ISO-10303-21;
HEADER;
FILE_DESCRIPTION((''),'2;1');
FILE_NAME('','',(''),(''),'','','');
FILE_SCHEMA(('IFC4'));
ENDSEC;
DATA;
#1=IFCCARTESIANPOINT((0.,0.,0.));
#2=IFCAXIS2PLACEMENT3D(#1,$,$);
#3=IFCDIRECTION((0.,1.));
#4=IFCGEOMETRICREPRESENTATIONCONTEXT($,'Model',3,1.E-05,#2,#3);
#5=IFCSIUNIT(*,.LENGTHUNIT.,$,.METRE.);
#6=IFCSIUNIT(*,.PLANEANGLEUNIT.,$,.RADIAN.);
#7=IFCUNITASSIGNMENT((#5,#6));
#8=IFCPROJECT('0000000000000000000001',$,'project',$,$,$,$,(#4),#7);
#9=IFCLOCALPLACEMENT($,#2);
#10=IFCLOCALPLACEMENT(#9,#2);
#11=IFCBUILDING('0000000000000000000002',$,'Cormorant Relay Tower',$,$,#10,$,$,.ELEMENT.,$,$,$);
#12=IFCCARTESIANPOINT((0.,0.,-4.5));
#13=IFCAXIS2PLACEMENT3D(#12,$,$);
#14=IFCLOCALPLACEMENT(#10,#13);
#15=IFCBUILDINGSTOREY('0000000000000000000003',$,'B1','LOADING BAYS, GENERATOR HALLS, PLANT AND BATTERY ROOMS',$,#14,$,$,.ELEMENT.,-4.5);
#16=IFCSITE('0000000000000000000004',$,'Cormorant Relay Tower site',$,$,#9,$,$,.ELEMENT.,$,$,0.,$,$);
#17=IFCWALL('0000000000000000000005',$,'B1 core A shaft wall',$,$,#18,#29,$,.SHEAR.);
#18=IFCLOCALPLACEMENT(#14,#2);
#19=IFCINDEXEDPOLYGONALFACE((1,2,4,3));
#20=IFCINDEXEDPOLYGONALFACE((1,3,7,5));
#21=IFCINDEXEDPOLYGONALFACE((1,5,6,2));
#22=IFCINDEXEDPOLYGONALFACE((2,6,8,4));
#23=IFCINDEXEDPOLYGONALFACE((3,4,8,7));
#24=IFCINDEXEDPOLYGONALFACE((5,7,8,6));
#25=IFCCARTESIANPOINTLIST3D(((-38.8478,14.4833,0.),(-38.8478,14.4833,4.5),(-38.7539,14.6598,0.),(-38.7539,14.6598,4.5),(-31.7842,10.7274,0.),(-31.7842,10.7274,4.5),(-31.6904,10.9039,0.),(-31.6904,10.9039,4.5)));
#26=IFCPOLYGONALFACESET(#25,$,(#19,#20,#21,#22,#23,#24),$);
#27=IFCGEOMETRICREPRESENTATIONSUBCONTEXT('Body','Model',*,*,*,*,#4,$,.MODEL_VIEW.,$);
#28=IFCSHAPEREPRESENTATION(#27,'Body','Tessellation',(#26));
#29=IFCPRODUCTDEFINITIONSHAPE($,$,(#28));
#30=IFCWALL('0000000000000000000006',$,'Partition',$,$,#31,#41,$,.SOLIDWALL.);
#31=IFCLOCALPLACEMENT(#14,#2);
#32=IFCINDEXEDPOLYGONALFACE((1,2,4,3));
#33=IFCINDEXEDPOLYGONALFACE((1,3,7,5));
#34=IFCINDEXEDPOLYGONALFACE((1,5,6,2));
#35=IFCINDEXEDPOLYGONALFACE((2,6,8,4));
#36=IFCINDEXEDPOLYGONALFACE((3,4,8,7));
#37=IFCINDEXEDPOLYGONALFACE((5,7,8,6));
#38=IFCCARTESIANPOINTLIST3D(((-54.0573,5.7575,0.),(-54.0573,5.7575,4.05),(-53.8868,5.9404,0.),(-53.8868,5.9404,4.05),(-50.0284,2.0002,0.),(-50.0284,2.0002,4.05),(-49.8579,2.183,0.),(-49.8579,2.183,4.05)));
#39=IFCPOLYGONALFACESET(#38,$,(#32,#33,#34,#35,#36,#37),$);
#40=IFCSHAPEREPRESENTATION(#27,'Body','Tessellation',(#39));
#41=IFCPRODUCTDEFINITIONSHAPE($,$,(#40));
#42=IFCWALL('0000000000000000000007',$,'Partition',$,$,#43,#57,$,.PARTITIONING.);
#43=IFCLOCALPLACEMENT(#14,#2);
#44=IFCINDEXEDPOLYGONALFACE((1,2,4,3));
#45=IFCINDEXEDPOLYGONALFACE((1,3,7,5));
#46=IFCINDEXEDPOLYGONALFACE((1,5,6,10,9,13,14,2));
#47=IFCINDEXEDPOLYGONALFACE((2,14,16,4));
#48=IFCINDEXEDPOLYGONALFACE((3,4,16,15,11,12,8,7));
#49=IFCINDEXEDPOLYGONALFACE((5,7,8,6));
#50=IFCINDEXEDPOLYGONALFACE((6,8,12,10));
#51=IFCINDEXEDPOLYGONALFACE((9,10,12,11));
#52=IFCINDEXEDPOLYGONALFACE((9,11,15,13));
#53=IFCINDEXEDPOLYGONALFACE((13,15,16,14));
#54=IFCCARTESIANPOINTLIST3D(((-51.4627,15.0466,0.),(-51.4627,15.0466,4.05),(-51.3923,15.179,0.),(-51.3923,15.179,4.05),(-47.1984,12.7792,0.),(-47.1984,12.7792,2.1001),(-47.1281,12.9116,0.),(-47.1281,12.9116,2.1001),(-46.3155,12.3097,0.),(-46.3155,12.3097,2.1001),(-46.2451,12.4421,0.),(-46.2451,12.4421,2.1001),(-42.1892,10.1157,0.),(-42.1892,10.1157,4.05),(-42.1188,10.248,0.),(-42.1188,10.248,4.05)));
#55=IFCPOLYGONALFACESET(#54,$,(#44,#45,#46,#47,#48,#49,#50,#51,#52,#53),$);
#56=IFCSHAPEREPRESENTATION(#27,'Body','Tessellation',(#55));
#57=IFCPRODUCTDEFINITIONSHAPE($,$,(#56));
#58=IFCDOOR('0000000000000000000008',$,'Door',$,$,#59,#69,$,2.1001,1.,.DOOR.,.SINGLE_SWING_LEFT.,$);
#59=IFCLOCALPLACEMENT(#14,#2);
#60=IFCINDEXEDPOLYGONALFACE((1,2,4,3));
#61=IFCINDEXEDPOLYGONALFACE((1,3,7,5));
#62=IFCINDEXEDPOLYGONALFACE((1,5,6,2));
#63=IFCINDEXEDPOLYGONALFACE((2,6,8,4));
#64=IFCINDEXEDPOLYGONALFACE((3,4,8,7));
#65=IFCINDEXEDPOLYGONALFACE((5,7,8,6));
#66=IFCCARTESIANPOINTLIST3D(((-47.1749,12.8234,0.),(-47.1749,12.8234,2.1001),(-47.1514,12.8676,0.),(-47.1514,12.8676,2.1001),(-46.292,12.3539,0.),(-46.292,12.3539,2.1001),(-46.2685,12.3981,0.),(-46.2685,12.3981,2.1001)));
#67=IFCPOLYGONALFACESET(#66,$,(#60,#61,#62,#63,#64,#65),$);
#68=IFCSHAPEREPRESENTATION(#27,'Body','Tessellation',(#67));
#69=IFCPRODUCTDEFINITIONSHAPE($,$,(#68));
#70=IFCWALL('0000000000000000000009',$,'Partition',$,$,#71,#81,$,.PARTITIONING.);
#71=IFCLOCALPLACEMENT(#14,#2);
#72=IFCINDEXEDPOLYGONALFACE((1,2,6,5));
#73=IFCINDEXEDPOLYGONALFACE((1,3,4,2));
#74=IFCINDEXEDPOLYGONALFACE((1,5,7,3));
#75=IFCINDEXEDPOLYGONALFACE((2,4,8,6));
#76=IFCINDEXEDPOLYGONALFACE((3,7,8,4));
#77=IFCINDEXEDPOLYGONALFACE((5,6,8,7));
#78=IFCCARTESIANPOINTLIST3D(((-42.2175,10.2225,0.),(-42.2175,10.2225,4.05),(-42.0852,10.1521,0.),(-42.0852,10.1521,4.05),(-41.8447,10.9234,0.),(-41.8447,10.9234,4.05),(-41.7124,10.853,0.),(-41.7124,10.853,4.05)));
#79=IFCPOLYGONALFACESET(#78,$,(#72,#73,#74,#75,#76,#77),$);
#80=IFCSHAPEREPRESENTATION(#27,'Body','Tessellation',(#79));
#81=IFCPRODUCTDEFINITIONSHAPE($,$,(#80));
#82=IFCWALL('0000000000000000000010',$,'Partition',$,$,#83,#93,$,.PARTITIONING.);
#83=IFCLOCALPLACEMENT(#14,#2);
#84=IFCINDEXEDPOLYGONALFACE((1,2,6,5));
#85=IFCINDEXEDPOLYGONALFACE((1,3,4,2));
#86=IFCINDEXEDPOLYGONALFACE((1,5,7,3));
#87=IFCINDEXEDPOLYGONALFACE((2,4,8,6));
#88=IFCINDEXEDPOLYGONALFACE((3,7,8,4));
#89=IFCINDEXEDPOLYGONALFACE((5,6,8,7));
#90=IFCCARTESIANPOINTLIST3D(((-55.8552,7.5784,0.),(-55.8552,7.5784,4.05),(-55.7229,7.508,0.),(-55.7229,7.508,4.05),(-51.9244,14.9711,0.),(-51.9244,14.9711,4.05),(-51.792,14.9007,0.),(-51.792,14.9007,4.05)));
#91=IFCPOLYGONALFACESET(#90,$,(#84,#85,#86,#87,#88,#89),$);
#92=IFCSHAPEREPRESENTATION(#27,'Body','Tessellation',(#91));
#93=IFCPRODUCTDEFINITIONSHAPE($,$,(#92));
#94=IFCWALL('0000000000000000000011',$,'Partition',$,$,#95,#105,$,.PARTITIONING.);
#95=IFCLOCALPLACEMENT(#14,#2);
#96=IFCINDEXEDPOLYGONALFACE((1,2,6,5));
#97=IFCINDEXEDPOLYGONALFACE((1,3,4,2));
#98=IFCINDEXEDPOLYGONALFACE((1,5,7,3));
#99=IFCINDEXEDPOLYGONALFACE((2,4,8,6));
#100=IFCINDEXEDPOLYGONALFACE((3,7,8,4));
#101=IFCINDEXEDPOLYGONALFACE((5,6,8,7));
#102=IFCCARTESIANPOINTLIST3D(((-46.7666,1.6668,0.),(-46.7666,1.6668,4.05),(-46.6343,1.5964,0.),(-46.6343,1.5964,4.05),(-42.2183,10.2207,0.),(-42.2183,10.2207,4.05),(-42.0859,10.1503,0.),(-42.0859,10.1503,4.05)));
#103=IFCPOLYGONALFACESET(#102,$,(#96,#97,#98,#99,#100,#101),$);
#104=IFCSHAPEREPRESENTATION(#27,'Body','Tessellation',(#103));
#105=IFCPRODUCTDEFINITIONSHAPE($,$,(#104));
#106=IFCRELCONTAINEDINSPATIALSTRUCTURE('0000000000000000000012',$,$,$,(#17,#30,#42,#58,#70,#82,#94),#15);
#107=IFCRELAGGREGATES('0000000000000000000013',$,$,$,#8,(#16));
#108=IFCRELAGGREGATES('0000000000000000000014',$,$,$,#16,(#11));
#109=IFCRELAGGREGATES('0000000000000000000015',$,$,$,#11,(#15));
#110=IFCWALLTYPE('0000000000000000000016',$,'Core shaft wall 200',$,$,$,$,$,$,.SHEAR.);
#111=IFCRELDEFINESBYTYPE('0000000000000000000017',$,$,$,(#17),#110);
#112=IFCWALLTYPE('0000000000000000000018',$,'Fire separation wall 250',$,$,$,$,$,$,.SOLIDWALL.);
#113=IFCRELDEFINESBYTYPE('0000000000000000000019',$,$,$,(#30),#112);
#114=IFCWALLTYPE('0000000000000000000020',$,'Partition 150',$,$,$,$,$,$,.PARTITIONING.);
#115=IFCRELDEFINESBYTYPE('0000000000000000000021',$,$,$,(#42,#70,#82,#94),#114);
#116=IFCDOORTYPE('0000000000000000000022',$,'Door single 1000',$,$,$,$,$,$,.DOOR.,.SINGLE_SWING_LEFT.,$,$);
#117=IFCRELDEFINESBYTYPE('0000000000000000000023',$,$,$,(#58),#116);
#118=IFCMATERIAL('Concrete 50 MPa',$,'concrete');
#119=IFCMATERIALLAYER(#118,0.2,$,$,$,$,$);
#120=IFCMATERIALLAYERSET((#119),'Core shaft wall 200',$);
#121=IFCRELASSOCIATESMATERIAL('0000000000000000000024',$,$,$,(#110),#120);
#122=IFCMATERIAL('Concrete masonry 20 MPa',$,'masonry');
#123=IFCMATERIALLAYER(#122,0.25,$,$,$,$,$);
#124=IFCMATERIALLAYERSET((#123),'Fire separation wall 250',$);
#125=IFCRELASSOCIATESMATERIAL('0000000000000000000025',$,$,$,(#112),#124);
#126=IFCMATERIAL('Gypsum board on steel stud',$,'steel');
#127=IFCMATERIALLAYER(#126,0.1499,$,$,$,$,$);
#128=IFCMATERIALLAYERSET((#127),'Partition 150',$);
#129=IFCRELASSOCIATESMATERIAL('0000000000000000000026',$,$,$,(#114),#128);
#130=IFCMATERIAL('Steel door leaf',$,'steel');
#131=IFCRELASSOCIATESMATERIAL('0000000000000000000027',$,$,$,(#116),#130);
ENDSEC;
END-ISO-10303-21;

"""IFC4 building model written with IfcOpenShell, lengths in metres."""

from ifc_helpers import new_model, si_unit, direction, frame, frame_2d, origin, place, context, subcontext, project, spatial, rectangle, extrude, material, layer, layer_set, type_object, element, fill, save


model = new_model("IFC4")

# Units and contexts
model_context = context("Model", 3, precision=1e-05, world=origin(), true_north=direction((0.0, 1.0)))
body_context = subcontext(model_context, "Body", "Model", "MODEL_VIEW")
ifc_project = project(units=[si_unit("LENGTHUNIT", "METRE"), si_unit("PLANEANGLEUNIT", "RADIAN")], contexts=[model_context])

# Site, building, storey
site_placement = place(None, origin())
site = spatial("IfcSite", under=ifc_project, at=site_placement, Name="Cormorant Relay Tower site", CompositionType="ELEMENT", RefElevation=0.0)
building_placement = place(site_placement, origin())
building = spatial("IfcBuilding", under=site, at=building_placement, Name="Cormorant Relay Tower", CompositionType="ELEMENT")
storey_placement = place(building_placement, frame((0.0, 0.0, -4.5)))
storey = spatial("IfcBuildingStorey", under=building, at=storey_placement, Name="B1", Description="LOADING BAYS, GENERATOR HALLS, PLANT AND BATTERY ROOMS", CompositionType="ELEMENT", Elevation=-4.5)

# Shared definitions
ifc_material_1 = material(Name="Concrete 50 MPa", Category="concrete")
ifc_layer_1 = layer(ifc_material_1, 0.2)
ifc_layer_set_1 = layer_set([ifc_layer_1], Name="Core shaft wall 200")
wall_type_1 = type_object("IfcWallType", Name="Core shaft wall 200", PredefinedType="SHEAR", material=ifc_layer_set_1)

# Walls
for number, where, z_axis, x_axis, name in (
    (1, (-31.7373, 10.8157, 0.0), (0.0, 0.0, 1.0), (-0.88294, 0.469485, 0.0), "B1 core A shaft wall"),
):
    element("IfcWall", number, at=place(storey_placement, frame(where, z_axis=z_axis, x_axis=x_axis)), inside=storey, type_object=wall_type_1, Name=name, PredefinedType="SHEAR", context=body_context, shape_type="SweptSolid", body=[
        extrude(rectangle(XDim=8.0, YDim=0.2, at=frame_2d((4.0, 0.0))), origin(), (0.0, 0.0, 1.0), 4.5),
    ])
ifc_material_2 = material(Name="Concrete masonry 20 MPa", Category="masonry")
ifc_layer_2 = layer(ifc_material_2, 0.25)
ifc_layer_set_2 = layer_set([ifc_layer_2], Name="Fire separation wall 250")
wall_type_2 = type_object("IfcWallType", Name="Fire separation wall 250", PredefinedType="SOLIDWALL", material=ifc_layer_set_2)
wall_1_placement = place(storey_placement, frame((-53.9719, 5.8489, 0.0), z_axis=(0.0, 0.0, 1.0), x_axis=(0.731318, -0.682037, 0.0)))
element("IfcWall", 2, at=wall_1_placement, inside=storey, type_object=wall_type_2, Name="Partition", PredefinedType="SOLIDWALL", context=body_context, shape_type="SweptSolid", body=[
    extrude(rectangle(XDim=5.509, YDim=0.25, at=frame_2d((2.7544, 0.0))), origin(), (0.0, 0.0, 1.0), 4.05),
])

# Wall, opening, door
ifc_material_3 = material(Name="Gypsum board on steel stud", Category="steel")
ifc_layer_3 = layer(ifc_material_3, 0.1499)
ifc_layer_set_3 = layer_set([ifc_layer_3], Name="Partition 150")
wall_type_3 = type_object("IfcWallType", Name="Partition 150", PredefinedType="PARTITIONING", material=ifc_layer_set_3)
wall_2_placement = place(storey_placement, frame((-51.4275, 15.1128, 0.0), z_axis=(0.0, 0.0, 1.0), x_axis=(0.882942, -0.469482, 0.0)))
wall_2 = element("IfcWall", 3, at=wall_2_placement, inside=storey, type_object=wall_type_3, Name="Partition", PredefinedType="PARTITIONING", context=body_context, shape_type="SweptSolid", body=[
    extrude(rectangle(XDim=10.5029, YDim=0.1499, at=frame_2d((5.2515, 0.0))), origin(), (0.0, 0.0, 1.0), 4.05),
])
opening_1_placement = place(wall_2_placement, frame((4.8296, 0.0, 0.0)))
opening_1 = element("IfcOpeningElement", 4, at=opening_1_placement, cuts=wall_2, PredefinedType="OPENING", context=body_context, shape_type="SweptSolid", body=[
    extrude(rectangle(XDim=1.0, YDim=2.1001, at=frame_2d((0.5, 1.05))), frame((0.0, 0.085, 0.0), z_axis=(0.0, -1.0, 0.0), x_axis=(1.0, 0.0, 0.0)), (0.0, 0.0, 1.0), 0.1699),
])
ifc_material_4 = material(Name="Steel door leaf", Category="steel")
door_type_1 = type_object("IfcDoorType", Name="Door single 1000", OperationType="SINGLE_SWING_LEFT", PredefinedType="DOOR", material=ifc_material_4)
door_1_placement = place(opening_1_placement, frame((1.0, 0.0, 0.0), z_axis=(0.0, 0.0, 1.0), x_axis=(-1.0, 0.0, 0.0)))
door_1 = element("IfcDoor", 5, at=door_1_placement, inside=storey, type_object=door_type_1, Name="Door", OperationType="SINGLE_SWING_LEFT", OverallHeight=2.1001, OverallWidth=1.0, PredefinedType="DOOR", context=body_context, shape_type="SweptSolid", body=[
    extrude(rectangle(XDim=1.0, YDim=2.1001, at=frame_2d((0.5, 1.05))), frame((0.0, 0.0249, 0.0), z_axis=(0.0, -1.0, 0.0), x_axis=(1.0, 0.0, 0.0)), (0.0, 0.0, 1.0), 0.05),
])
fill(opening_1, door_1)

# Walls
wall_3_placement = place(storey_placement, frame((-42.1514, 10.1873, 0.0), z_axis=(0.0, 0.0, 1.0), x_axis=(0.469582, 0.882889, 0.0)))
element("IfcWall", 6, at=wall_3_placement, inside=storey, type_object=wall_type_3, Name="Partition", PredefinedType="PARTITIONING", context=body_context, shape_type="SweptSolid", body=[
    extrude(rectangle(XDim=0.7939, YDim=0.1499, at=frame_2d((0.397, 0.0))), origin(), (0.0, 0.0, 1.0), 4.05),
])
wall_4_placement = place(storey_placement, frame((-51.8582, 14.936, 0.0), z_axis=(0.0, 0.0, 1.0), x_axis=(-0.469479, -0.882944, 0.0)))
element("IfcWall", 7, at=wall_4_placement, inside=storey, type_object=wall_type_3, Name="Partition", PredefinedType="PARTITIONING", context=body_context, shape_type="SweptSolid", body=[
    extrude(rectangle(XDim=8.3728, YDim=0.1499, at=frame_2d((4.1865, 0.0))), origin(), (0.0, 0.0, 1.0), 4.05),
])
wall_5_placement = place(storey_placement, frame((-46.7004, 1.6316, 0.0), z_axis=(0.0, 0.0, 1.0), x_axis=(0.469481, 0.882942, 0.0)))
element("IfcWall", 8, at=wall_5_placement, inside=storey, type_object=wall_type_3, Name="Partition", PredefinedType="PARTITIONING", context=body_context, shape_type="SweptSolid", body=[
    extrude(rectangle(XDim=9.688, YDim=0.1499, at=frame_2d((4.844, 0.0))), origin(), (0.0, 0.0, 1.0), 4.05),
])

save(model, "model.ifc")
